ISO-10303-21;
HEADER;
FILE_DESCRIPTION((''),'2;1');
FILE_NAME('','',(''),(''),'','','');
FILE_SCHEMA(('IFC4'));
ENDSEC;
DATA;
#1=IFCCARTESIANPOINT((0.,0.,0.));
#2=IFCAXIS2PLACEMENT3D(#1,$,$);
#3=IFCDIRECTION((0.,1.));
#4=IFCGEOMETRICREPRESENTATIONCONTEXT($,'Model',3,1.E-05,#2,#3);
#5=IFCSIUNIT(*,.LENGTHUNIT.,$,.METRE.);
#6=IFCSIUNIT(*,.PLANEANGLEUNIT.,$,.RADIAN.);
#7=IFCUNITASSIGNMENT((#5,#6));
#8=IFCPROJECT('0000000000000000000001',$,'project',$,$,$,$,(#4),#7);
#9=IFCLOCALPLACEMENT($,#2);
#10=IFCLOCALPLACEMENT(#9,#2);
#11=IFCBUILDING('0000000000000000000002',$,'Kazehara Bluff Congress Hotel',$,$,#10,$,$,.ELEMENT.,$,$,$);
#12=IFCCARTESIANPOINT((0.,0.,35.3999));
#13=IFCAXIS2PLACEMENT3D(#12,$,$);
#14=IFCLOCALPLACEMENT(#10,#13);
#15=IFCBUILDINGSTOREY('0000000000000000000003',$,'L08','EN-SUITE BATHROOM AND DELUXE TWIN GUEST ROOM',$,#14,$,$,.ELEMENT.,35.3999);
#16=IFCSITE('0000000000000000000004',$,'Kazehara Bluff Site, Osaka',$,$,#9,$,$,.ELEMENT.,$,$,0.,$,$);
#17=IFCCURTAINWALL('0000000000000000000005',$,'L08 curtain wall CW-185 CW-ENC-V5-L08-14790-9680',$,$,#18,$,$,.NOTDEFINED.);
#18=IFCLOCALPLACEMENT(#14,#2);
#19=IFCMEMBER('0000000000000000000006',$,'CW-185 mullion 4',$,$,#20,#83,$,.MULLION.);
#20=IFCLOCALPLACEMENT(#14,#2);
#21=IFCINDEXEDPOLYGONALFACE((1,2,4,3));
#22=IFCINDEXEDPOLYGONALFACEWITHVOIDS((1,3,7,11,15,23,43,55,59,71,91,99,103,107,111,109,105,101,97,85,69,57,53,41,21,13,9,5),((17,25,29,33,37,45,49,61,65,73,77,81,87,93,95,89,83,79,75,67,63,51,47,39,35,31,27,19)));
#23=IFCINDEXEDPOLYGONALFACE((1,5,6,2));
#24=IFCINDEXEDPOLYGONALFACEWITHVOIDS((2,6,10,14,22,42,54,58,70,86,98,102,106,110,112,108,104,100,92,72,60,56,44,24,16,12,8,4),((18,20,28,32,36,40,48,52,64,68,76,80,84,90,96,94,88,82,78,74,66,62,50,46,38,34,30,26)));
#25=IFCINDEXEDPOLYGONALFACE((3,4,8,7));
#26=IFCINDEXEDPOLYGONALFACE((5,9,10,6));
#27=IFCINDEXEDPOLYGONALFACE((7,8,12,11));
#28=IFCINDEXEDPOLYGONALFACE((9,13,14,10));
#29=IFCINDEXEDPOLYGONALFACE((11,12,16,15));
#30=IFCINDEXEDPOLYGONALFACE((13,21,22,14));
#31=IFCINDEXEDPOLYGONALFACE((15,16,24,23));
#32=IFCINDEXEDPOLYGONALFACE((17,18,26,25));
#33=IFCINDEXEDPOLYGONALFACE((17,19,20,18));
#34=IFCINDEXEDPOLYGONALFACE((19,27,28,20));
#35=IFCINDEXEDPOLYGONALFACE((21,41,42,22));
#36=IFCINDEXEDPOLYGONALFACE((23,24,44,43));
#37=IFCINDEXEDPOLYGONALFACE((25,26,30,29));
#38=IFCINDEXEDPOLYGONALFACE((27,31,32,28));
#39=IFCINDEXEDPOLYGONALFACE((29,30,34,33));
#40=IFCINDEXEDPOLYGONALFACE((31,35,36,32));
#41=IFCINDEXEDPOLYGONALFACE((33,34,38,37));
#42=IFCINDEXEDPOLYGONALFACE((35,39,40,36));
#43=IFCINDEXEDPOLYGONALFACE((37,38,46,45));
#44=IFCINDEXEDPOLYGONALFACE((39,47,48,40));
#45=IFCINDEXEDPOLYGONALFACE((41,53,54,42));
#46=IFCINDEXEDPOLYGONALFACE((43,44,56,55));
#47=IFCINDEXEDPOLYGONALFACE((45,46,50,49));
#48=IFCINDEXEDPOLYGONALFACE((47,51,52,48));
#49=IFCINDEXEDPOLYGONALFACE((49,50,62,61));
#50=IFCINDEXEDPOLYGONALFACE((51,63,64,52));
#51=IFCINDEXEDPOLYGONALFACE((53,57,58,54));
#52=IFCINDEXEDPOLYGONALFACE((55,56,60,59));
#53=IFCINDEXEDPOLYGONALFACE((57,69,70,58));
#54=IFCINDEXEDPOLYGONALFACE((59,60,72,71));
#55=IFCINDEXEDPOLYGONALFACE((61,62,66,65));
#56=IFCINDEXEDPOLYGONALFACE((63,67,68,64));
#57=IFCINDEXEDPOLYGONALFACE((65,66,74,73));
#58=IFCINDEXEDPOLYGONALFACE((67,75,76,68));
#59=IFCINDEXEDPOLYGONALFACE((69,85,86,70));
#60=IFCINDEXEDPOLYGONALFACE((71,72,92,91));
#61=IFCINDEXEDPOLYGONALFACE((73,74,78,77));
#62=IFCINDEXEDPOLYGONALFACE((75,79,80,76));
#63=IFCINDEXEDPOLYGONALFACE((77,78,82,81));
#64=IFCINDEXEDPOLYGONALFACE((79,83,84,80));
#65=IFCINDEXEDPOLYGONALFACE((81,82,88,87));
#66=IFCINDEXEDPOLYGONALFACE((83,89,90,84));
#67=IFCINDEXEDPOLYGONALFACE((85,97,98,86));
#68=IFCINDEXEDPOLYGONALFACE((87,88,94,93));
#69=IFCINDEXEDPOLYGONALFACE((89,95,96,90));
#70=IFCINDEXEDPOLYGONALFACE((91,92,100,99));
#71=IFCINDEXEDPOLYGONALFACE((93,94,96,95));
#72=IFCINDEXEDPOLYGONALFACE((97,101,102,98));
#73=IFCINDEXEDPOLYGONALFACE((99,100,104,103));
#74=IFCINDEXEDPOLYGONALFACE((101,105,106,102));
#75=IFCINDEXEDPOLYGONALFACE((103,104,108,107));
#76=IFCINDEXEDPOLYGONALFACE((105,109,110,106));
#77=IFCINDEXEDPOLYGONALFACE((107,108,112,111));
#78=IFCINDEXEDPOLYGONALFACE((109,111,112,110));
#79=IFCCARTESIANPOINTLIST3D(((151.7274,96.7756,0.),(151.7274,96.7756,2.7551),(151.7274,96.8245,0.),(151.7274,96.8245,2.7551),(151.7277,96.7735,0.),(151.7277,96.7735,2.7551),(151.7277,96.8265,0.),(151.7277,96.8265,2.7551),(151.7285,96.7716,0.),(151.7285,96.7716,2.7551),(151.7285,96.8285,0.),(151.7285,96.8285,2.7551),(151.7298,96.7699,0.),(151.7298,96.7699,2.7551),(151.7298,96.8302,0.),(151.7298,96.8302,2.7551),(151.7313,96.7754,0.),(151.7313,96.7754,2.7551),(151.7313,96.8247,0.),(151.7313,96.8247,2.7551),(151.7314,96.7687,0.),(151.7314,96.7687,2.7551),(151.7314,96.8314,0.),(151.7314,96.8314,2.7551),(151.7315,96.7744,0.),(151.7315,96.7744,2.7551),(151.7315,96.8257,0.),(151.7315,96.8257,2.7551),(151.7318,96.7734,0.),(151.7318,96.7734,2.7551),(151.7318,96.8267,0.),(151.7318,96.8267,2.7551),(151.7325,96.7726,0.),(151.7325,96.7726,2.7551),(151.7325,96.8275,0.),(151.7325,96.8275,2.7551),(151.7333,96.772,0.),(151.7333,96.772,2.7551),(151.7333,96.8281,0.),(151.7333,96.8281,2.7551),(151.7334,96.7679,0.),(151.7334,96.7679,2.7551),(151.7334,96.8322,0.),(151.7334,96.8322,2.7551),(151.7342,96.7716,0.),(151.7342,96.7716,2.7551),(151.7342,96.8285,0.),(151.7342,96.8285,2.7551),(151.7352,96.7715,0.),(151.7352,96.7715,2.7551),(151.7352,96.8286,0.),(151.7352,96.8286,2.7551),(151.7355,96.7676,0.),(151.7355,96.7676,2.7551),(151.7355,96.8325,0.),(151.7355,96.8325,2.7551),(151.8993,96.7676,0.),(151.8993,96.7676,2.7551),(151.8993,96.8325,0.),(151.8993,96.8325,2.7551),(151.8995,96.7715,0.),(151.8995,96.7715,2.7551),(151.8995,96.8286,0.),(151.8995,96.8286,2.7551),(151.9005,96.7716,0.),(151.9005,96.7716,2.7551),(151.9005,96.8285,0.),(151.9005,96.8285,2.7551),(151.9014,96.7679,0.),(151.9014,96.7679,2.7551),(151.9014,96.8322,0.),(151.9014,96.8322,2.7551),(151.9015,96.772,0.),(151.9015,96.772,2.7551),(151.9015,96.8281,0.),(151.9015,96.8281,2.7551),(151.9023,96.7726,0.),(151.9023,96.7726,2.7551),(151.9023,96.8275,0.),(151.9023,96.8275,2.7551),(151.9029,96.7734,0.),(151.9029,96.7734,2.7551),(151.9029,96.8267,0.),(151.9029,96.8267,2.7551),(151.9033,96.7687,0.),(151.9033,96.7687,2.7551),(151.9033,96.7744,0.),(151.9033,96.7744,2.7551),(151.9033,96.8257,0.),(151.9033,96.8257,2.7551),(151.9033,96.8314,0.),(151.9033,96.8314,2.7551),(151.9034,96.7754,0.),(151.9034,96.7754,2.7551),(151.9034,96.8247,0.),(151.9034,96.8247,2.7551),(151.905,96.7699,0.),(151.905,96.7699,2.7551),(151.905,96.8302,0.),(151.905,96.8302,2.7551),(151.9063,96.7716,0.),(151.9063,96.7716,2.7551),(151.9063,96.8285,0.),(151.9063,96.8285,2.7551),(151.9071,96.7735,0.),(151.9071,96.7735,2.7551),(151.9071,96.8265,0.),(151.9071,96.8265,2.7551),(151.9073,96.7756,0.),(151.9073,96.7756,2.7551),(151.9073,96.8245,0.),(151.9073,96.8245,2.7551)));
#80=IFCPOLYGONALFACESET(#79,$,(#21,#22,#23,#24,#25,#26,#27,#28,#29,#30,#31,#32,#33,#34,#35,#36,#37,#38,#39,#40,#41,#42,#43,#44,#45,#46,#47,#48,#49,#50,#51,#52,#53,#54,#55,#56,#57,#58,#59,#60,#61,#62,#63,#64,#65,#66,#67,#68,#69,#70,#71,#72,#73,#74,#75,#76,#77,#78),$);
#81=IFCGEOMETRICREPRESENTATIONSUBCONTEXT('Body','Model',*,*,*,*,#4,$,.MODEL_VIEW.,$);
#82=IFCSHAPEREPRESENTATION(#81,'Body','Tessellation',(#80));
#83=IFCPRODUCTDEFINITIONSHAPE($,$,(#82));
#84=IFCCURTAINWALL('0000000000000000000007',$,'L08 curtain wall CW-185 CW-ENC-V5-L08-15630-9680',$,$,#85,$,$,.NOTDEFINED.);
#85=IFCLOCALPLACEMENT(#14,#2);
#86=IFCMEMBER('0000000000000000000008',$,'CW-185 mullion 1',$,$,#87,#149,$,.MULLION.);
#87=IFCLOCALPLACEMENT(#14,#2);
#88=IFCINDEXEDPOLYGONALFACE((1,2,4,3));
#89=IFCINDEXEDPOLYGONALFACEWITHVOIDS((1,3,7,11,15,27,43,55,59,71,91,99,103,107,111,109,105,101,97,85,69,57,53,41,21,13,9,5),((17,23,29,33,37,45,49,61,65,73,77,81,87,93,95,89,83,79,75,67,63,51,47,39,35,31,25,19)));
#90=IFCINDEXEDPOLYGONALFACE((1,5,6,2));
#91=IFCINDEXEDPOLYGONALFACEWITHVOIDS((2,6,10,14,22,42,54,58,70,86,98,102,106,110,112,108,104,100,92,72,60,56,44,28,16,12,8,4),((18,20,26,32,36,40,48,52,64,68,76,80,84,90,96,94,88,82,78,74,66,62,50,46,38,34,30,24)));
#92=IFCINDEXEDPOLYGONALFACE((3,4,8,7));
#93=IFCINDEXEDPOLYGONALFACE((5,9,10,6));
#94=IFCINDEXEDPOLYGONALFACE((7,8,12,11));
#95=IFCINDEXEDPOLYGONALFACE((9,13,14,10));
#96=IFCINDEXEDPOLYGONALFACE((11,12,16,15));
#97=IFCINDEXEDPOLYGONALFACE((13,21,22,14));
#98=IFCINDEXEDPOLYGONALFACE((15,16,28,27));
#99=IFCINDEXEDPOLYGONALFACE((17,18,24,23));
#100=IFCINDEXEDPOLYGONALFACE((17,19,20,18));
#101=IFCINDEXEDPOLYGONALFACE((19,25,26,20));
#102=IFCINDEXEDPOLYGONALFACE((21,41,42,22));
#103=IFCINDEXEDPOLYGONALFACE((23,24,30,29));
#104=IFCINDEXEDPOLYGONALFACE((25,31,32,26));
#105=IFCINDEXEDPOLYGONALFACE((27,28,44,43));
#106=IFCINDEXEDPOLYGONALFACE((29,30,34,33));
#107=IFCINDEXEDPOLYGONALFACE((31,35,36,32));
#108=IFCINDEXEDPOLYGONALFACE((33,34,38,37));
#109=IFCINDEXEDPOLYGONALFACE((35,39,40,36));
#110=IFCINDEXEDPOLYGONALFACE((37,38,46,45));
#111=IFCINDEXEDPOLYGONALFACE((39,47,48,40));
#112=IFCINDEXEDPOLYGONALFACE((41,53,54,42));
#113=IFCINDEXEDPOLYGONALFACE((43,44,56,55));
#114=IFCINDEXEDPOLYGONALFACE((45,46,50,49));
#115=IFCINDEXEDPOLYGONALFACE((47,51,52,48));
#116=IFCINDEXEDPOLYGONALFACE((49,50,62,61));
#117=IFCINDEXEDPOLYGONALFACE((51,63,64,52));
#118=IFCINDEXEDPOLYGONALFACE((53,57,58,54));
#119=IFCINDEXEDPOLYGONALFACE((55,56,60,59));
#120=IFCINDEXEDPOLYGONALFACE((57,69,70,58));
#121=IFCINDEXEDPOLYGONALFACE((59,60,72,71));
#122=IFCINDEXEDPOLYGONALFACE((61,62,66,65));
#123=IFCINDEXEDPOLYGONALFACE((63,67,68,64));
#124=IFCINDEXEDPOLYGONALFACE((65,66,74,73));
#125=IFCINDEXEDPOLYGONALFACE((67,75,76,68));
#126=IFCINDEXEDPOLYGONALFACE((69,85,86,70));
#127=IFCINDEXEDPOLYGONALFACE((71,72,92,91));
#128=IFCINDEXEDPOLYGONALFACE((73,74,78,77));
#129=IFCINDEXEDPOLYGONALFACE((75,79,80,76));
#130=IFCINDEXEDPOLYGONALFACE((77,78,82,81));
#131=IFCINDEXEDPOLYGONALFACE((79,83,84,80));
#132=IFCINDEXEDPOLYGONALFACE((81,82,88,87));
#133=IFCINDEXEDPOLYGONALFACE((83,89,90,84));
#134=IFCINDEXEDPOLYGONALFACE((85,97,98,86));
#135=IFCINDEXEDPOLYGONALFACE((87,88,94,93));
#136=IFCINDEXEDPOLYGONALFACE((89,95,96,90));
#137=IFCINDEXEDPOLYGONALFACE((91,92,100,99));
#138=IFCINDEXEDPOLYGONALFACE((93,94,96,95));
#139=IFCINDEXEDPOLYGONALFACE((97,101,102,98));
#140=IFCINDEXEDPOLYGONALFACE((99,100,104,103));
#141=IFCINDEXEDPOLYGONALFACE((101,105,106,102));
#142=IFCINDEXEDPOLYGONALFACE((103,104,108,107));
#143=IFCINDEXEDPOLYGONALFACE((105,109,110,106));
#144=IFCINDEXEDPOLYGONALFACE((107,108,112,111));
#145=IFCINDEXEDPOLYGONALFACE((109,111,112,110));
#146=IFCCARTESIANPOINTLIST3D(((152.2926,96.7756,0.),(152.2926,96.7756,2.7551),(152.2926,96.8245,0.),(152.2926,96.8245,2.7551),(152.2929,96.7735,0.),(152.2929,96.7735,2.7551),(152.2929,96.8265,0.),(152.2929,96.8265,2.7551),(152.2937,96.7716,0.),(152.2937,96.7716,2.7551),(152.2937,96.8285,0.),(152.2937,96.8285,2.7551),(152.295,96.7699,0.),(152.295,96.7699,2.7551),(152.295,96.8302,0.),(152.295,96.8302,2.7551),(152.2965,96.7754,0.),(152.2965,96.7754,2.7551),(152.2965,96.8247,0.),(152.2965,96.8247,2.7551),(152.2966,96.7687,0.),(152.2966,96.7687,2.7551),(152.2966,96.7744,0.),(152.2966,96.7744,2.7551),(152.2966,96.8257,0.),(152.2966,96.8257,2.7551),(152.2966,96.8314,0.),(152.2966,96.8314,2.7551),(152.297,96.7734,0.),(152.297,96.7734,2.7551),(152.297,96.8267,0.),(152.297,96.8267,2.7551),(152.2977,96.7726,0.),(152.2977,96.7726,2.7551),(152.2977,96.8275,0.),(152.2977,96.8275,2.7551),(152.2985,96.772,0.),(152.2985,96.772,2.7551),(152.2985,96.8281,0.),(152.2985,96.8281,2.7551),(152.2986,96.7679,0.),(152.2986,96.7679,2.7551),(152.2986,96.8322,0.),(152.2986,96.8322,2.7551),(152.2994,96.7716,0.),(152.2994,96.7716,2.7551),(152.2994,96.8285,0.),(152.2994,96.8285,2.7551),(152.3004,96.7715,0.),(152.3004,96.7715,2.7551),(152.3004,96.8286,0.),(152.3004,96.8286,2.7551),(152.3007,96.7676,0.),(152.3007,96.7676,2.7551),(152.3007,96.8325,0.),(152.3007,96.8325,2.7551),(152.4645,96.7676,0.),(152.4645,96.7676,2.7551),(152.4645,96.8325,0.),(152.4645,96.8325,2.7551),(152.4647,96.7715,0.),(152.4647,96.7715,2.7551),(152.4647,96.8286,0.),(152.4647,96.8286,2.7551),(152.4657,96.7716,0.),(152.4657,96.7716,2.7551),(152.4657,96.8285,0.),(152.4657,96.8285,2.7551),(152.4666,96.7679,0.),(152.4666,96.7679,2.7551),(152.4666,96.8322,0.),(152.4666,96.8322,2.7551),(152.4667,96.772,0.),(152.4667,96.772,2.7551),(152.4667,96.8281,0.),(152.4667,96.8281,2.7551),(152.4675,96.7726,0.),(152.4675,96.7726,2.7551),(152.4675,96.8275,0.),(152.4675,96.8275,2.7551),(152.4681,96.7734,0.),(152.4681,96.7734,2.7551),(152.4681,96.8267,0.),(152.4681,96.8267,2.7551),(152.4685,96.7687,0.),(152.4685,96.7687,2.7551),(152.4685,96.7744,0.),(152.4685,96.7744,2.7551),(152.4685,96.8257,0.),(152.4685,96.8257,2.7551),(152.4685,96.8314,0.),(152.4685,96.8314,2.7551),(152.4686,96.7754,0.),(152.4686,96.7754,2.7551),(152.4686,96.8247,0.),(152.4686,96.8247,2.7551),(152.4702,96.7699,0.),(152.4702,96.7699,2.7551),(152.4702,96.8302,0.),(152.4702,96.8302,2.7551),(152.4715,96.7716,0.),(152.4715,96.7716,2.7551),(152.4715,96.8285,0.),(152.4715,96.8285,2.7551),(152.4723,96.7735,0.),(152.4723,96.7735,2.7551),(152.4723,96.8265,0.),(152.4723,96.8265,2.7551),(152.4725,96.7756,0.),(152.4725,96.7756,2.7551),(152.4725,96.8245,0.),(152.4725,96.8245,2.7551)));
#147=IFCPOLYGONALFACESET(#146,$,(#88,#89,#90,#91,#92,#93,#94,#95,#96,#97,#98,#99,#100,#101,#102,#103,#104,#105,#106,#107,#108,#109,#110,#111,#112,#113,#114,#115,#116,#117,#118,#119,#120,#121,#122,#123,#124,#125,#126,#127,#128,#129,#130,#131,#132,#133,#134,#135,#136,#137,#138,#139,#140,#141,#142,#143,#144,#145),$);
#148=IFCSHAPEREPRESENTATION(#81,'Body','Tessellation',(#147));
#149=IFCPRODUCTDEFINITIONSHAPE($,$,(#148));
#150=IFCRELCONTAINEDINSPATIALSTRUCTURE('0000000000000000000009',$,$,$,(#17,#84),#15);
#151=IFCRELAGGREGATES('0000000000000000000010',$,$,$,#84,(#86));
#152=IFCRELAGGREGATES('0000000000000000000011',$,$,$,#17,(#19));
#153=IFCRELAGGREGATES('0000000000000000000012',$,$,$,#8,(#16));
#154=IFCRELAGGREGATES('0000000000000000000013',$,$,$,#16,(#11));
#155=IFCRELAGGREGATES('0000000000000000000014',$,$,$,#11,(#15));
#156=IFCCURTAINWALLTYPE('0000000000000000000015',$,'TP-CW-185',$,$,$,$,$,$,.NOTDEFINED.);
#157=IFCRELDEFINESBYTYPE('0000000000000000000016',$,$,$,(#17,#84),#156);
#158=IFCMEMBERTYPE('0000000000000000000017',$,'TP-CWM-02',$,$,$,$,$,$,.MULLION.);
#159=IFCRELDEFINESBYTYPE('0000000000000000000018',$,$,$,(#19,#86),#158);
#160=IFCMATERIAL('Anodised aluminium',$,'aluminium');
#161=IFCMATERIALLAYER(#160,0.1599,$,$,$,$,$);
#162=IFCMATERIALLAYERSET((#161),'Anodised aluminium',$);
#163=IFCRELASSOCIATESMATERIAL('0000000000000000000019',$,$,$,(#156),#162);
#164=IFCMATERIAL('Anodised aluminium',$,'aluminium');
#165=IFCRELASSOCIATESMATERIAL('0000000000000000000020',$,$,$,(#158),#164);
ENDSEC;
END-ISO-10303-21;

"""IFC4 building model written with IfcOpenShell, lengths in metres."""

from ifc_helpers import new_model, si_unit, direction, frame, origin, origin_2d, place, context, subcontext, project, spatial, hollow_rectangle, extrude, material, layer, layer_set, material_profile, profile_set, type_object, element, aggregate, save


model = new_model("IFC4")

# Units and contexts
model_context = context("Model", 3, precision=1e-05, world=origin(), true_north=direction((0.0, 1.0)))
body_context = subcontext(model_context, "Body", "Model", "MODEL_VIEW")
ifc_project = project(units=[si_unit("LENGTHUNIT", "METRE"), si_unit("PLANEANGLEUNIT", "RADIAN")], contexts=[model_context])

# Site, building, storey
site_placement = place(None, origin())
site = spatial("IfcSite", under=ifc_project, at=site_placement, Name="Kazehara Bluff Site, Osaka", CompositionType="ELEMENT", RefElevation=0.0)
building_placement = place(site_placement, origin())
building = spatial("IfcBuilding", under=site, at=building_placement, Name="Kazehara Bluff Congress Hotel", CompositionType="ELEMENT")
storey_placement = place(building_placement, frame((0.0, 0.0, 35.3999)))
storey = spatial("IfcBuildingStorey", under=building, at=storey_placement, Name="L08", Description="EN-SUITE BATHROOM AND DELUXE TWIN GUEST ROOM", CompositionType="ELEMENT", Elevation=35.3999)

# Curtain wall, member
ifc_material_1 = material(Name="Anodised aluminium", Category="aluminium")
ifc_layer_1 = layer(ifc_material_1, 0.1599)
ifc_layer_set_1 = layer_set([ifc_layer_1], Name="Anodised aluminium")
curtain_wall_type = type_object("IfcCurtainWallType", Name="TP-CW-185", PredefinedType="NOTDEFINED", material=ifc_layer_set_1)
curtain_wall_1_placement = place(storey_placement, origin())
curtain_wall_1 = element("IfcCurtainWall", 1, at=curtain_wall_1_placement, inside=storey, type_object=curtain_wall_type, Name="L08 curtain wall CW-185 CW-ENC-V5-L08-14790-9680", PredefinedType="NOTDEFINED")
ifc_material_2 = material(Name="Anodised aluminium", Category="aluminium")
ifc_material_profile_1 = material_profile(ifc_material_2, hollow_rectangle(XDim=0.0649, YDim=0.1799, WallThickness=0.0039, InnerFilletRadius=0.0039, OuterFilletRadius=0.0081, at=origin_2d()))
ifc_profile_set_1 = profile_set([ifc_material_profile_1], Name="Anodised aluminium")
member_type_1 = type_object("IfcMemberType", Name="TP-CWM-02", PredefinedType="MULLION", material=ifc_profile_set_1)
member_1_placement = place(storey_placement, frame((151.8174, 96.8, 0.0), z_axis=(0.0, 0.0, 1.0), x_axis=(0.0, 1.0, 0.0)))
member_1 = element("IfcMember", 2, at=member_1_placement, type_object=member_type_1, Name="CW-185 mullion 4", PredefinedType="MULLION", context=body_context, shape_type="SweptSolid", body=[
    extrude(hollow_rectangle(XDim=0.0649, YDim=0.1799, WallThickness=0.0039, InnerFilletRadius=0.0039, OuterFilletRadius=0.0081, at=origin_2d()), origin(), (0.0, 0.0, 1.0), 2.7551),
])

# Curtain wall, member
curtain_wall_2_placement = place(storey_placement, origin())
curtain_wall_2 = element("IfcCurtainWall", 3, at=curtain_wall_2_placement, inside=storey, type_object=curtain_wall_type, Name="L08 curtain wall CW-185 CW-ENC-V5-L08-15630-9680", PredefinedType="NOTDEFINED")
member_2_placement = place(storey_placement, frame((152.3826, 96.8, 0.0), z_axis=(0.0, 0.0, 1.0), x_axis=(0.0, 1.0, 0.0)))
member_2 = element("IfcMember", 4, at=member_2_placement, type_object=member_type_1, Name="CW-185 mullion 1", PredefinedType="MULLION", context=body_context, shape_type="SweptSolid", body=[
    extrude(hollow_rectangle(XDim=0.0649, YDim=0.1799, WallThickness=0.0039, InnerFilletRadius=0.0039, OuterFilletRadius=0.0081, at=origin_2d()), origin(), (0.0, 0.0, 1.0), 2.7551),
])

aggregate(curtain_wall_2, [member_2])

aggregate(curtain_wall_1, [member_1])

save(model, "model.ifc")
